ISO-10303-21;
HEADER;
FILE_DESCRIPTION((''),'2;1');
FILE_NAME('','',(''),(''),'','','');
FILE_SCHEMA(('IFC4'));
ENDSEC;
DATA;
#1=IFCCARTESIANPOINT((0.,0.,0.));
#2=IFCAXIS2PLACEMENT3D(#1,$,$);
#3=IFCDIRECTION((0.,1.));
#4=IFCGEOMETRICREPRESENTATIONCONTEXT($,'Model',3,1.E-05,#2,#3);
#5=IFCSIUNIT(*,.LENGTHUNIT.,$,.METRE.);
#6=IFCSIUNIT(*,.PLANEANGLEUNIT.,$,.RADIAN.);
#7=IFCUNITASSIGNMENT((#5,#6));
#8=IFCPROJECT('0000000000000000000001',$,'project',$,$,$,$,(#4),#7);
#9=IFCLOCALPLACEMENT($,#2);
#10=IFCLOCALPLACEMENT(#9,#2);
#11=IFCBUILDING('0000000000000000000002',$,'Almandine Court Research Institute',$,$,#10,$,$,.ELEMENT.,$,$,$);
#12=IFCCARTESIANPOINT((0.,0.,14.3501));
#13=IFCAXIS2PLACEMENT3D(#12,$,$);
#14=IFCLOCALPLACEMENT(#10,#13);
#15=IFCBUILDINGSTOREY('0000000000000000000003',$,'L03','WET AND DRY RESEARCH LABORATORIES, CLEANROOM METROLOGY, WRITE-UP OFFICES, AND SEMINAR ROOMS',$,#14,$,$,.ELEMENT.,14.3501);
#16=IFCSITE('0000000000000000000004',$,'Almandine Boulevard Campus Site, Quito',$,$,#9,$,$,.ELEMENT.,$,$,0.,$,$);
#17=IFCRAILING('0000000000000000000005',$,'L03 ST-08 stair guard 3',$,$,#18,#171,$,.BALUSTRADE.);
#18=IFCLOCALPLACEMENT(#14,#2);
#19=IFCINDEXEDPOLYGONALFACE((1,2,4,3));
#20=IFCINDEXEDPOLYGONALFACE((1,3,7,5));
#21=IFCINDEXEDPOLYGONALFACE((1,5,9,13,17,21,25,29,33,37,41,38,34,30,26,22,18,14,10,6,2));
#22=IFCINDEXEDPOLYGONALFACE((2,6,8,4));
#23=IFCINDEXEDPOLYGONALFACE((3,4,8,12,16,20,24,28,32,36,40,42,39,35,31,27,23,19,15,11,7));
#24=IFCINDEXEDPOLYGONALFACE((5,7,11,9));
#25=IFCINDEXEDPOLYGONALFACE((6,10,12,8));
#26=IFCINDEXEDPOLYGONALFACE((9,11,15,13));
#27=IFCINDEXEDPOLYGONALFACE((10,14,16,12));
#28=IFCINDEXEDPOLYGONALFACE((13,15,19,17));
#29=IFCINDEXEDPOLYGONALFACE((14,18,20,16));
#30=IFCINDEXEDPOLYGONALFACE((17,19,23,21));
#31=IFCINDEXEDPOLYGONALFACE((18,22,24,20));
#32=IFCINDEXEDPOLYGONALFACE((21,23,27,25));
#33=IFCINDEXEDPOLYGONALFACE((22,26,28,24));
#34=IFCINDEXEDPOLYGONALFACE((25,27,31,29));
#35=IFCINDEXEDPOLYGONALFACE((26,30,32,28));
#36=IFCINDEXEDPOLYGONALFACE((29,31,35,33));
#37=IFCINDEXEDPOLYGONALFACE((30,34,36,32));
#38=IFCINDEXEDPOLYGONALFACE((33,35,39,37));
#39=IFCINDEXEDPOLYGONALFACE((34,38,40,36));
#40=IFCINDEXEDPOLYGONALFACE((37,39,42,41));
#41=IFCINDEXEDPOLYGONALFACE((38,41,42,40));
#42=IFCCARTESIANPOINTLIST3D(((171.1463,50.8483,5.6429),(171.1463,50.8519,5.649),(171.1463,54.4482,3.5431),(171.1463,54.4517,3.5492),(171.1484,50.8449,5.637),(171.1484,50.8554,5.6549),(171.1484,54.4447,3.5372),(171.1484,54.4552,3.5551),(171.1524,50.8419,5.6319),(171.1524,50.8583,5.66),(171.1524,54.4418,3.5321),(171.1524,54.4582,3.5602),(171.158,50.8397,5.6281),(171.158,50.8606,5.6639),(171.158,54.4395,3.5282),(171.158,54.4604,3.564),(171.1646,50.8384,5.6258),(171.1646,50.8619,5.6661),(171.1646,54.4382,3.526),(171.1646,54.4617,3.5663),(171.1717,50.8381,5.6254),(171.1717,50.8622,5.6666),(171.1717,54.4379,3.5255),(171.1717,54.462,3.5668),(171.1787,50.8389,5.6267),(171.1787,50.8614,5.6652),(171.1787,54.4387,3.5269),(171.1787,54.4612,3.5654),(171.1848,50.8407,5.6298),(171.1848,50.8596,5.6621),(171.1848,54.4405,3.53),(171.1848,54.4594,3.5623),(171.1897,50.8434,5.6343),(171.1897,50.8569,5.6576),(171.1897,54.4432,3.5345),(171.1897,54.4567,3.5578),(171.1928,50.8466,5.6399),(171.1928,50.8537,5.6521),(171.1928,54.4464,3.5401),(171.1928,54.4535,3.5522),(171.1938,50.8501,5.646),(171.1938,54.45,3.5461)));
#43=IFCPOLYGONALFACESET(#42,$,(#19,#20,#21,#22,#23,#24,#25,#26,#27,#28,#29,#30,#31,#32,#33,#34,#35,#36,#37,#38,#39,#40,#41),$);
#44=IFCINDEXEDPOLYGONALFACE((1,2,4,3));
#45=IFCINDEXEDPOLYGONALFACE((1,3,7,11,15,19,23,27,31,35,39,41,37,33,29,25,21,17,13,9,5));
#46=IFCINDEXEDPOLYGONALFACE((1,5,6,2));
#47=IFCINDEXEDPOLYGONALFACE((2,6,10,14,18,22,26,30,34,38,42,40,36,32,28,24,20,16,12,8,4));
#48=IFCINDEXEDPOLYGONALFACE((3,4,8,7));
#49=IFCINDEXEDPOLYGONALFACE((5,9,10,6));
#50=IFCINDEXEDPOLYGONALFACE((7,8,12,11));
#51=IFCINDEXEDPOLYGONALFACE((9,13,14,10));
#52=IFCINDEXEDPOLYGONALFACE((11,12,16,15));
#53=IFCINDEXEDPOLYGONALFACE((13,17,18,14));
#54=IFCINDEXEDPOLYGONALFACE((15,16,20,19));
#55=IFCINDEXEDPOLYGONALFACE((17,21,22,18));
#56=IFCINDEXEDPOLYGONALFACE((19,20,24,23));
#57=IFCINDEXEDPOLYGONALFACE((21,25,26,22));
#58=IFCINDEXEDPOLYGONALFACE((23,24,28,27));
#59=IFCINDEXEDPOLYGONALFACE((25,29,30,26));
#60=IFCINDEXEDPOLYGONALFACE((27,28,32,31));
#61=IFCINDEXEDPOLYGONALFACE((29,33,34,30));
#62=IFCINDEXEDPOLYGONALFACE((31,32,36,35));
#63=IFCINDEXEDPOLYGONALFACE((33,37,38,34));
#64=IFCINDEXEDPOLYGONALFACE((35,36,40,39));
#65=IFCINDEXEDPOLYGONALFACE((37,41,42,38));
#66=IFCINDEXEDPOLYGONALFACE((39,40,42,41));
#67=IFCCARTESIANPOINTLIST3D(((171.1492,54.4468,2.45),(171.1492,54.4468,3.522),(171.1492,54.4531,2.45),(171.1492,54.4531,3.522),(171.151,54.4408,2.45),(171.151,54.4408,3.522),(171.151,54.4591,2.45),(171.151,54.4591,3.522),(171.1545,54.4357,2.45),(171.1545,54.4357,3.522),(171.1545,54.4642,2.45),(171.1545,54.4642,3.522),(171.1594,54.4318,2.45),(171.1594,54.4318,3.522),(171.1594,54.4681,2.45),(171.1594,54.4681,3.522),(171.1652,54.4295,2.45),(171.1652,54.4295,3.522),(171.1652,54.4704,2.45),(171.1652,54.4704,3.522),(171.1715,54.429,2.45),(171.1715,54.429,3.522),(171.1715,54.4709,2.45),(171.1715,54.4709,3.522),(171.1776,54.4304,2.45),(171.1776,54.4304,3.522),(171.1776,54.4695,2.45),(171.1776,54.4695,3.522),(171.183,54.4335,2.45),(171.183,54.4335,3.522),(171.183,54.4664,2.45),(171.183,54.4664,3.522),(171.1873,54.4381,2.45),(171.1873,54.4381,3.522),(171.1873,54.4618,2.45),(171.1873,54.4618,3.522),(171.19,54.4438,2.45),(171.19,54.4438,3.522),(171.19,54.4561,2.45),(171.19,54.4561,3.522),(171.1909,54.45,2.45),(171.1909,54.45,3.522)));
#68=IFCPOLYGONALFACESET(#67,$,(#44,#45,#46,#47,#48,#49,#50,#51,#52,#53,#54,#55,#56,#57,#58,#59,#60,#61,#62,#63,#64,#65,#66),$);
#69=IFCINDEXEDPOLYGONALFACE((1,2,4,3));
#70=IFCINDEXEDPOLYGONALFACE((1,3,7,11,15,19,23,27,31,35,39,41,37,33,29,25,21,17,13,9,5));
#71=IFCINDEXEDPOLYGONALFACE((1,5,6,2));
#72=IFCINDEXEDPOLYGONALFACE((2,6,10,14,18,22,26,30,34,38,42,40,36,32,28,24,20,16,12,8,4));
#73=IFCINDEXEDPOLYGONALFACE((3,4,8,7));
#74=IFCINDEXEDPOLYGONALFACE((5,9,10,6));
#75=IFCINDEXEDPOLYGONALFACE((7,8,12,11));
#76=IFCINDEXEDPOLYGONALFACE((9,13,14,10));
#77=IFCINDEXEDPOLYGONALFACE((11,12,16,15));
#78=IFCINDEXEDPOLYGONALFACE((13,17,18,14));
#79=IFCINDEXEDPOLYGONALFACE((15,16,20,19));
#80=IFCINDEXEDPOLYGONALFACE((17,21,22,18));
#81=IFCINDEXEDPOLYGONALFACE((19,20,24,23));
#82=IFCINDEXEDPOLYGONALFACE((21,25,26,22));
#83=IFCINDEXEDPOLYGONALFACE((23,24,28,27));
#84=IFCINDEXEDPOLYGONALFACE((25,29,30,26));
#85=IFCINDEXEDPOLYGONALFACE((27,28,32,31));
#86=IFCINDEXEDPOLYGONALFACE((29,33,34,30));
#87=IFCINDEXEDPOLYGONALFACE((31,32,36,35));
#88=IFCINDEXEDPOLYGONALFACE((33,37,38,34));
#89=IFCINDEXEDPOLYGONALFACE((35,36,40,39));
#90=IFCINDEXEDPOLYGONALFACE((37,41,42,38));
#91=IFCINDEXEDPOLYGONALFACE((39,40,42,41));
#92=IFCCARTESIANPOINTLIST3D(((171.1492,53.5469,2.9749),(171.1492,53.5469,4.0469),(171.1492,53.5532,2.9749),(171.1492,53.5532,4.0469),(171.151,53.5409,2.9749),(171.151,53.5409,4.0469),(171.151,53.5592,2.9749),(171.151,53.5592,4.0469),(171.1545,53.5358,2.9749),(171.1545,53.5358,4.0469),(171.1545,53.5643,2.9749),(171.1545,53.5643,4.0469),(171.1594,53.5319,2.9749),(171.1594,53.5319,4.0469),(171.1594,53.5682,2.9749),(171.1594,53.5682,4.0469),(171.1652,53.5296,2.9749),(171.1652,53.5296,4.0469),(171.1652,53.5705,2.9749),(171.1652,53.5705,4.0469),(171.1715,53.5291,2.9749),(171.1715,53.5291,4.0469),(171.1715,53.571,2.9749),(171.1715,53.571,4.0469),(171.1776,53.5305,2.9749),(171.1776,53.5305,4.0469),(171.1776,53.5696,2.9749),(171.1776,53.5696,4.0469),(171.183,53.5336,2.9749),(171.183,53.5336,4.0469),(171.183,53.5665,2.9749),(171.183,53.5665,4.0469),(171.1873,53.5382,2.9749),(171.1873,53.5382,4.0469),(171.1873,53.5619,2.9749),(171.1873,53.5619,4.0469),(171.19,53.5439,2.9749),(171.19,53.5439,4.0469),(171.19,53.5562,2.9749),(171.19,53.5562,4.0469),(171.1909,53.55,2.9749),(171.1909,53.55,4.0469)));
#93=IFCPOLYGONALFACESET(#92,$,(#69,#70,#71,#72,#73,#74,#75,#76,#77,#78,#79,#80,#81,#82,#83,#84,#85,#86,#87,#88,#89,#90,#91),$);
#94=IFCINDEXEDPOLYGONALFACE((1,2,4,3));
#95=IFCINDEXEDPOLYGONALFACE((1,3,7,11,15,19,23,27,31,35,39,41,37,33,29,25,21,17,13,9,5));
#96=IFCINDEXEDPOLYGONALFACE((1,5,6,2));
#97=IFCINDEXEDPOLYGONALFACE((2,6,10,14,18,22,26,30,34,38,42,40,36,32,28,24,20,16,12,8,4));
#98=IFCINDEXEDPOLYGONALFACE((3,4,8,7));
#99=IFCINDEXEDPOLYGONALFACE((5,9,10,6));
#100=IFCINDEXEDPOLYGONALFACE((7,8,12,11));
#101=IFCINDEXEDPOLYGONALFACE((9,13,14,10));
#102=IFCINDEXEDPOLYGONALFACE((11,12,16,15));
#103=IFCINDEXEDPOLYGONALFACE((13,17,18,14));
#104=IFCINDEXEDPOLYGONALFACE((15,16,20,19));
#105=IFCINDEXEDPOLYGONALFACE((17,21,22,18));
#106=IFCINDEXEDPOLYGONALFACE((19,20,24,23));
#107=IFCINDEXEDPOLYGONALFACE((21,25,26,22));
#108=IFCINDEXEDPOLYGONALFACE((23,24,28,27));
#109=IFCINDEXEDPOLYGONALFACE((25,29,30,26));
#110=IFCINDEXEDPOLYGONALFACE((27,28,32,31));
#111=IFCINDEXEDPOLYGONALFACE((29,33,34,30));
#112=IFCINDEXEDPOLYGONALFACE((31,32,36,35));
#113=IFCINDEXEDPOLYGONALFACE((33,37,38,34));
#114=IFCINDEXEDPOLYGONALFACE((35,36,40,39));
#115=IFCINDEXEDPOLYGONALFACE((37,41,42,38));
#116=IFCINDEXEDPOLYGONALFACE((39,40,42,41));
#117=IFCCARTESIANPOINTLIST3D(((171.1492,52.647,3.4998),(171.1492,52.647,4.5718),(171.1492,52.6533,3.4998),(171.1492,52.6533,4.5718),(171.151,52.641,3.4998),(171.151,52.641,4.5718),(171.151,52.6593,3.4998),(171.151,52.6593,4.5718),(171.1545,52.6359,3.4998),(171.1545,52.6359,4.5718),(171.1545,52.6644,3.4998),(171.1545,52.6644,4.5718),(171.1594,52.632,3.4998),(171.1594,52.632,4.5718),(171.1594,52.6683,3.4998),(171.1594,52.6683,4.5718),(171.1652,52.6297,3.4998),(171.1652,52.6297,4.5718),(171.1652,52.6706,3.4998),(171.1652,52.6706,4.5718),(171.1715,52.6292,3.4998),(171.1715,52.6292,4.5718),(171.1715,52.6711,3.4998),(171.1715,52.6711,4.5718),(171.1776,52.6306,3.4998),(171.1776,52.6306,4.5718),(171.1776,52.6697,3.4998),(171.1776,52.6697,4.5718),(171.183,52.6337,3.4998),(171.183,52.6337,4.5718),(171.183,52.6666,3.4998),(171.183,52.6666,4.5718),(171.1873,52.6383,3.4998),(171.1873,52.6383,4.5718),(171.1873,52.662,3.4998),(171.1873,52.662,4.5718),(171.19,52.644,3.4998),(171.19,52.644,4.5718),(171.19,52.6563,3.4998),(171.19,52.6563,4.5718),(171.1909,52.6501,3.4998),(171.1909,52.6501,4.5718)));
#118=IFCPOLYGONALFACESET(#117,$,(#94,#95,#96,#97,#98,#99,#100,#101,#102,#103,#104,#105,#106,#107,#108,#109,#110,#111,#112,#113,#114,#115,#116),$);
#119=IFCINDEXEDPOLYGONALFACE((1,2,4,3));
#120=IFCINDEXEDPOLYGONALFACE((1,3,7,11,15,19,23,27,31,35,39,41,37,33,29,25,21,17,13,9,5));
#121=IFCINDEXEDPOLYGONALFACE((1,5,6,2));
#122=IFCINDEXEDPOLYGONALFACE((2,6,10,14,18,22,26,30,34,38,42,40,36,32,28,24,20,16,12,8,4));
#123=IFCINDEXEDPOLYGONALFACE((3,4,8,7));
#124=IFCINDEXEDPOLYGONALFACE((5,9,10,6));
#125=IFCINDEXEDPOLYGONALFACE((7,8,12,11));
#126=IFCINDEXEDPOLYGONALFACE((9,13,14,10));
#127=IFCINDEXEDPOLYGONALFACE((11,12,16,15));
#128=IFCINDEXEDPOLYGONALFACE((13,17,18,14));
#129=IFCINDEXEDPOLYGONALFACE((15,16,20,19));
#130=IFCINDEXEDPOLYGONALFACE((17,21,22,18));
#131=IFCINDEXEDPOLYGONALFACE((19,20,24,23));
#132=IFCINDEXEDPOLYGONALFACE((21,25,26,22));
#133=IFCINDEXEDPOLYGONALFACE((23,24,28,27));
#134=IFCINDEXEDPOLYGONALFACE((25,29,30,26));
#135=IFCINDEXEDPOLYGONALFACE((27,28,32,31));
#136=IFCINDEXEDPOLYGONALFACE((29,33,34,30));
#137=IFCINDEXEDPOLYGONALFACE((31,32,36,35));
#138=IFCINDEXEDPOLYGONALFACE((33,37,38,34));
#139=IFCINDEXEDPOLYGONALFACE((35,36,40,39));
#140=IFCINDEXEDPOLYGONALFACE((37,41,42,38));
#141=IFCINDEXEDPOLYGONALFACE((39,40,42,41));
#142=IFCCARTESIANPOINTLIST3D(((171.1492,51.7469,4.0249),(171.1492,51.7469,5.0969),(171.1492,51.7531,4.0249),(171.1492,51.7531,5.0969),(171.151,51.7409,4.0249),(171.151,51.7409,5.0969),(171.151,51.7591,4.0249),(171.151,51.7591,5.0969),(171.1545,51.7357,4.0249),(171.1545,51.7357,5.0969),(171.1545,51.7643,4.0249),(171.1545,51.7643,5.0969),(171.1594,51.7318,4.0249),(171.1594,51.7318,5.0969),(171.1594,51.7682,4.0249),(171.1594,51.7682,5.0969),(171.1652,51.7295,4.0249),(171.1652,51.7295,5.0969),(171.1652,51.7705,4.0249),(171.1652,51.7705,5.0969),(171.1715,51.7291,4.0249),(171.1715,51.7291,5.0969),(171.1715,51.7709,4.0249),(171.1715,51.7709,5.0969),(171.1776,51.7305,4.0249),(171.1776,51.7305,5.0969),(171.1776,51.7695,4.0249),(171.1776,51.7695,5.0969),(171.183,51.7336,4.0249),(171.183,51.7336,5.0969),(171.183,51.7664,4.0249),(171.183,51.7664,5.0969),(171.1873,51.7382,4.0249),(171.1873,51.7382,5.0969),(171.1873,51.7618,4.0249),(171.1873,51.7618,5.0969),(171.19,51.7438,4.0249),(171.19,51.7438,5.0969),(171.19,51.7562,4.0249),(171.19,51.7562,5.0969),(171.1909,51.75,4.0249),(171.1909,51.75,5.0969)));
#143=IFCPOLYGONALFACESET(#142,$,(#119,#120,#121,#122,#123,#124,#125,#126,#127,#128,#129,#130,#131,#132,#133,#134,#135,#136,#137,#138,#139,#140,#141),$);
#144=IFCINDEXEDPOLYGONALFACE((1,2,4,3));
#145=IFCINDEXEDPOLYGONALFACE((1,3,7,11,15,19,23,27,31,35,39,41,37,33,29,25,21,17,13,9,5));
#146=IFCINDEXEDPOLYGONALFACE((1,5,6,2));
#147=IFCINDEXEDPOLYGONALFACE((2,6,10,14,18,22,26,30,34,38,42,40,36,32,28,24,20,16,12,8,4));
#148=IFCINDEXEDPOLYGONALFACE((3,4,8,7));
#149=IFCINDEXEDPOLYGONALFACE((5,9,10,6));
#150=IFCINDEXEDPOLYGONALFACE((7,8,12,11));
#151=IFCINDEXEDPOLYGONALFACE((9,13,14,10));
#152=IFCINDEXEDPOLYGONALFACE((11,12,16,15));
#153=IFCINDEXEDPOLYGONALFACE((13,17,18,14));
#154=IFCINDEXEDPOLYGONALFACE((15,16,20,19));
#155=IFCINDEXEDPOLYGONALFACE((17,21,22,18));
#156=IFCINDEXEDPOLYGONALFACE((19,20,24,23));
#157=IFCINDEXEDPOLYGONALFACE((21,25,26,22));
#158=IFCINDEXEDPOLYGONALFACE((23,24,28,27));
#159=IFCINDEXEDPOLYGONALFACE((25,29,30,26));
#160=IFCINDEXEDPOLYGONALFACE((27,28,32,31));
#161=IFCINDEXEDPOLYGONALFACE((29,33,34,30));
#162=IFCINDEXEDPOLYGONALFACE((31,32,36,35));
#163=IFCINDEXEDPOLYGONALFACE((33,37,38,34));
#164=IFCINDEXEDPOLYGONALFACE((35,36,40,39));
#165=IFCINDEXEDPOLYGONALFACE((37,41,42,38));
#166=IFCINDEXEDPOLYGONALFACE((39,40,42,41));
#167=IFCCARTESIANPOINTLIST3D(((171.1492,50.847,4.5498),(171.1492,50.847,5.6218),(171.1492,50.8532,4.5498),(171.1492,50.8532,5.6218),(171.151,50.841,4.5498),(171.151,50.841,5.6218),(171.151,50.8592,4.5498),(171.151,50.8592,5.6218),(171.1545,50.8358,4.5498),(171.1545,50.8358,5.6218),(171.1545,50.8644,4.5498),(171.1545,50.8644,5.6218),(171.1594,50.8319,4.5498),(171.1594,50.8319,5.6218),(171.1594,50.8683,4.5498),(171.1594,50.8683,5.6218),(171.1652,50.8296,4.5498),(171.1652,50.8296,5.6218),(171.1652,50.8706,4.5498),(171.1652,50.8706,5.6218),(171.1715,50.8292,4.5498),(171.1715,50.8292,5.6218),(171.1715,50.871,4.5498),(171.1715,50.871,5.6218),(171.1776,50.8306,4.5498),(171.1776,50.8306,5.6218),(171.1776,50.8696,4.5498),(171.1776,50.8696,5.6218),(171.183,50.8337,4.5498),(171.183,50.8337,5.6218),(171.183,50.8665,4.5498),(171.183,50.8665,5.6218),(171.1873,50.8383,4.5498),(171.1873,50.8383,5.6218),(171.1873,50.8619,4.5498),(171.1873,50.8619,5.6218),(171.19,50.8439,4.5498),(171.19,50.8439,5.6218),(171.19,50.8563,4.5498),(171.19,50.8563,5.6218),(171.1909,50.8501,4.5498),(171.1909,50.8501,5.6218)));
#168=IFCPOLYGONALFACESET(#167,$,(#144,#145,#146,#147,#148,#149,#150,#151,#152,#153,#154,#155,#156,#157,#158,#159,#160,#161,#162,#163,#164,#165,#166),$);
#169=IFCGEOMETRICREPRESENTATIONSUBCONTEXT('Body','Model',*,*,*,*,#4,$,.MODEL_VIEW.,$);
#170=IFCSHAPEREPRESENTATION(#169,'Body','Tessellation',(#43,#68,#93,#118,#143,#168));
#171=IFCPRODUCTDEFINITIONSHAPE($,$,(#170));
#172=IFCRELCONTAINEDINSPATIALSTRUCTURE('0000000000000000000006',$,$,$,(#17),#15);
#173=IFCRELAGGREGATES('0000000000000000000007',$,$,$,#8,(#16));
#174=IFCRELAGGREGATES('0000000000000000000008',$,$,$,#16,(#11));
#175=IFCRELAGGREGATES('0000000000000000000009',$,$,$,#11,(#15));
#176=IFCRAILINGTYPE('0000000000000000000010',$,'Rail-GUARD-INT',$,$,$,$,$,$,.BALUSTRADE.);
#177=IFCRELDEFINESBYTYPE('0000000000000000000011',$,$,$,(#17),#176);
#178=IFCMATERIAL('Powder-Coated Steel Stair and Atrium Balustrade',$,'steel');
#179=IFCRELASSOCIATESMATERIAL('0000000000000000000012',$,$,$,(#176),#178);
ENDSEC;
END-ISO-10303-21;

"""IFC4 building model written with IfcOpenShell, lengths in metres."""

from ifc_helpers import new_model, si_unit, direction, frame, origin, origin_2d, place, context, subcontext, project, spatial, circle, extrude, material, type_object, element, save


model = new_model("IFC4")

# Units and contexts
model_context = context("Model", 3, precision=1e-05, world=origin(), true_north=direction((0.0, 1.0)))
body_context = subcontext(model_context, "Body", "Model", "MODEL_VIEW")
ifc_project = project(units=[si_unit("LENGTHUNIT", "METRE"), si_unit("PLANEANGLEUNIT", "RADIAN")], contexts=[model_context])

# Site, building, storey
site_placement = place(None, origin())
site = spatial("IfcSite", under=ifc_project, at=site_placement, Name="Almandine Boulevard Campus Site, Quito", CompositionType="ELEMENT", RefElevation=0.0)
building_placement = place(site_placement, origin())
building = spatial("IfcBuilding", under=site, at=building_placement, Name="Almandine Court Research Institute", CompositionType="ELEMENT")
storey_placement = place(building_placement, frame((0.0, 0.0, 14.3501)))
storey = spatial("IfcBuildingStorey", under=building, at=storey_placement, Name="L03", Description="WET AND DRY RESEARCH LABORATORIES, CLEANROOM METROLOGY, WRITE-UP OFFICES, AND SEMINAR ROOMS", CompositionType="ELEMENT", Elevation=14.3501)

# Railing
ifc_material_1 = material(Name="Powder-Coated Steel Stair and Atrium Balustrade", Category="steel")
railing_type_1 = type_object("IfcRailingType", Name="Rail-GUARD-INT", PredefinedType="BALUSTRADE", material=ifc_material_1)
railing_1_placement = place(storey_placement, frame((171.1699, 54.45, 2.45)))
element("IfcRailing", 1, at=railing_1_placement, inside=storey, type_object=railing_type_1, Name="L03 ST-08 stair guard 3", PredefinedType="BALUSTRADE", context=body_context, shape_type="SweptSolid", body=[
    extrude(circle(Radius=0.0239, at=origin_2d()), frame((0.0, 0.0, 1.0962), z_axis=(0.0, -0.863785, 0.50386), x_axis=(1.0, 0.0, 0.0)), (0.0, 0.0, 1.0), 4.1675),
    extrude(circle(Radius=0.021, at=origin_2d()), origin(), (0.0, 0.0, 1.0), 1.072),
    extrude(circle(Radius=0.021, at=origin_2d()), frame((0.0, -0.8999, 0.5249)), (0.0, 0.0, 1.0), 1.072),
    extrude(circle(Radius=0.021, at=origin_2d()), frame((0.0, -1.7998, 1.0498)), (0.0, 0.0, 1.0), 1.072),
    extrude(circle(Radius=0.021, at=origin_2d()), frame((0.0, -2.7, 1.575)), (0.0, 0.0, 1.0), 1.072),
    extrude(circle(Radius=0.021, at=origin_2d()), frame((0.0, -3.5999, 2.0999)), (0.0, 0.0, 1.0), 1.072),
])

save(model, "model.ifc")
